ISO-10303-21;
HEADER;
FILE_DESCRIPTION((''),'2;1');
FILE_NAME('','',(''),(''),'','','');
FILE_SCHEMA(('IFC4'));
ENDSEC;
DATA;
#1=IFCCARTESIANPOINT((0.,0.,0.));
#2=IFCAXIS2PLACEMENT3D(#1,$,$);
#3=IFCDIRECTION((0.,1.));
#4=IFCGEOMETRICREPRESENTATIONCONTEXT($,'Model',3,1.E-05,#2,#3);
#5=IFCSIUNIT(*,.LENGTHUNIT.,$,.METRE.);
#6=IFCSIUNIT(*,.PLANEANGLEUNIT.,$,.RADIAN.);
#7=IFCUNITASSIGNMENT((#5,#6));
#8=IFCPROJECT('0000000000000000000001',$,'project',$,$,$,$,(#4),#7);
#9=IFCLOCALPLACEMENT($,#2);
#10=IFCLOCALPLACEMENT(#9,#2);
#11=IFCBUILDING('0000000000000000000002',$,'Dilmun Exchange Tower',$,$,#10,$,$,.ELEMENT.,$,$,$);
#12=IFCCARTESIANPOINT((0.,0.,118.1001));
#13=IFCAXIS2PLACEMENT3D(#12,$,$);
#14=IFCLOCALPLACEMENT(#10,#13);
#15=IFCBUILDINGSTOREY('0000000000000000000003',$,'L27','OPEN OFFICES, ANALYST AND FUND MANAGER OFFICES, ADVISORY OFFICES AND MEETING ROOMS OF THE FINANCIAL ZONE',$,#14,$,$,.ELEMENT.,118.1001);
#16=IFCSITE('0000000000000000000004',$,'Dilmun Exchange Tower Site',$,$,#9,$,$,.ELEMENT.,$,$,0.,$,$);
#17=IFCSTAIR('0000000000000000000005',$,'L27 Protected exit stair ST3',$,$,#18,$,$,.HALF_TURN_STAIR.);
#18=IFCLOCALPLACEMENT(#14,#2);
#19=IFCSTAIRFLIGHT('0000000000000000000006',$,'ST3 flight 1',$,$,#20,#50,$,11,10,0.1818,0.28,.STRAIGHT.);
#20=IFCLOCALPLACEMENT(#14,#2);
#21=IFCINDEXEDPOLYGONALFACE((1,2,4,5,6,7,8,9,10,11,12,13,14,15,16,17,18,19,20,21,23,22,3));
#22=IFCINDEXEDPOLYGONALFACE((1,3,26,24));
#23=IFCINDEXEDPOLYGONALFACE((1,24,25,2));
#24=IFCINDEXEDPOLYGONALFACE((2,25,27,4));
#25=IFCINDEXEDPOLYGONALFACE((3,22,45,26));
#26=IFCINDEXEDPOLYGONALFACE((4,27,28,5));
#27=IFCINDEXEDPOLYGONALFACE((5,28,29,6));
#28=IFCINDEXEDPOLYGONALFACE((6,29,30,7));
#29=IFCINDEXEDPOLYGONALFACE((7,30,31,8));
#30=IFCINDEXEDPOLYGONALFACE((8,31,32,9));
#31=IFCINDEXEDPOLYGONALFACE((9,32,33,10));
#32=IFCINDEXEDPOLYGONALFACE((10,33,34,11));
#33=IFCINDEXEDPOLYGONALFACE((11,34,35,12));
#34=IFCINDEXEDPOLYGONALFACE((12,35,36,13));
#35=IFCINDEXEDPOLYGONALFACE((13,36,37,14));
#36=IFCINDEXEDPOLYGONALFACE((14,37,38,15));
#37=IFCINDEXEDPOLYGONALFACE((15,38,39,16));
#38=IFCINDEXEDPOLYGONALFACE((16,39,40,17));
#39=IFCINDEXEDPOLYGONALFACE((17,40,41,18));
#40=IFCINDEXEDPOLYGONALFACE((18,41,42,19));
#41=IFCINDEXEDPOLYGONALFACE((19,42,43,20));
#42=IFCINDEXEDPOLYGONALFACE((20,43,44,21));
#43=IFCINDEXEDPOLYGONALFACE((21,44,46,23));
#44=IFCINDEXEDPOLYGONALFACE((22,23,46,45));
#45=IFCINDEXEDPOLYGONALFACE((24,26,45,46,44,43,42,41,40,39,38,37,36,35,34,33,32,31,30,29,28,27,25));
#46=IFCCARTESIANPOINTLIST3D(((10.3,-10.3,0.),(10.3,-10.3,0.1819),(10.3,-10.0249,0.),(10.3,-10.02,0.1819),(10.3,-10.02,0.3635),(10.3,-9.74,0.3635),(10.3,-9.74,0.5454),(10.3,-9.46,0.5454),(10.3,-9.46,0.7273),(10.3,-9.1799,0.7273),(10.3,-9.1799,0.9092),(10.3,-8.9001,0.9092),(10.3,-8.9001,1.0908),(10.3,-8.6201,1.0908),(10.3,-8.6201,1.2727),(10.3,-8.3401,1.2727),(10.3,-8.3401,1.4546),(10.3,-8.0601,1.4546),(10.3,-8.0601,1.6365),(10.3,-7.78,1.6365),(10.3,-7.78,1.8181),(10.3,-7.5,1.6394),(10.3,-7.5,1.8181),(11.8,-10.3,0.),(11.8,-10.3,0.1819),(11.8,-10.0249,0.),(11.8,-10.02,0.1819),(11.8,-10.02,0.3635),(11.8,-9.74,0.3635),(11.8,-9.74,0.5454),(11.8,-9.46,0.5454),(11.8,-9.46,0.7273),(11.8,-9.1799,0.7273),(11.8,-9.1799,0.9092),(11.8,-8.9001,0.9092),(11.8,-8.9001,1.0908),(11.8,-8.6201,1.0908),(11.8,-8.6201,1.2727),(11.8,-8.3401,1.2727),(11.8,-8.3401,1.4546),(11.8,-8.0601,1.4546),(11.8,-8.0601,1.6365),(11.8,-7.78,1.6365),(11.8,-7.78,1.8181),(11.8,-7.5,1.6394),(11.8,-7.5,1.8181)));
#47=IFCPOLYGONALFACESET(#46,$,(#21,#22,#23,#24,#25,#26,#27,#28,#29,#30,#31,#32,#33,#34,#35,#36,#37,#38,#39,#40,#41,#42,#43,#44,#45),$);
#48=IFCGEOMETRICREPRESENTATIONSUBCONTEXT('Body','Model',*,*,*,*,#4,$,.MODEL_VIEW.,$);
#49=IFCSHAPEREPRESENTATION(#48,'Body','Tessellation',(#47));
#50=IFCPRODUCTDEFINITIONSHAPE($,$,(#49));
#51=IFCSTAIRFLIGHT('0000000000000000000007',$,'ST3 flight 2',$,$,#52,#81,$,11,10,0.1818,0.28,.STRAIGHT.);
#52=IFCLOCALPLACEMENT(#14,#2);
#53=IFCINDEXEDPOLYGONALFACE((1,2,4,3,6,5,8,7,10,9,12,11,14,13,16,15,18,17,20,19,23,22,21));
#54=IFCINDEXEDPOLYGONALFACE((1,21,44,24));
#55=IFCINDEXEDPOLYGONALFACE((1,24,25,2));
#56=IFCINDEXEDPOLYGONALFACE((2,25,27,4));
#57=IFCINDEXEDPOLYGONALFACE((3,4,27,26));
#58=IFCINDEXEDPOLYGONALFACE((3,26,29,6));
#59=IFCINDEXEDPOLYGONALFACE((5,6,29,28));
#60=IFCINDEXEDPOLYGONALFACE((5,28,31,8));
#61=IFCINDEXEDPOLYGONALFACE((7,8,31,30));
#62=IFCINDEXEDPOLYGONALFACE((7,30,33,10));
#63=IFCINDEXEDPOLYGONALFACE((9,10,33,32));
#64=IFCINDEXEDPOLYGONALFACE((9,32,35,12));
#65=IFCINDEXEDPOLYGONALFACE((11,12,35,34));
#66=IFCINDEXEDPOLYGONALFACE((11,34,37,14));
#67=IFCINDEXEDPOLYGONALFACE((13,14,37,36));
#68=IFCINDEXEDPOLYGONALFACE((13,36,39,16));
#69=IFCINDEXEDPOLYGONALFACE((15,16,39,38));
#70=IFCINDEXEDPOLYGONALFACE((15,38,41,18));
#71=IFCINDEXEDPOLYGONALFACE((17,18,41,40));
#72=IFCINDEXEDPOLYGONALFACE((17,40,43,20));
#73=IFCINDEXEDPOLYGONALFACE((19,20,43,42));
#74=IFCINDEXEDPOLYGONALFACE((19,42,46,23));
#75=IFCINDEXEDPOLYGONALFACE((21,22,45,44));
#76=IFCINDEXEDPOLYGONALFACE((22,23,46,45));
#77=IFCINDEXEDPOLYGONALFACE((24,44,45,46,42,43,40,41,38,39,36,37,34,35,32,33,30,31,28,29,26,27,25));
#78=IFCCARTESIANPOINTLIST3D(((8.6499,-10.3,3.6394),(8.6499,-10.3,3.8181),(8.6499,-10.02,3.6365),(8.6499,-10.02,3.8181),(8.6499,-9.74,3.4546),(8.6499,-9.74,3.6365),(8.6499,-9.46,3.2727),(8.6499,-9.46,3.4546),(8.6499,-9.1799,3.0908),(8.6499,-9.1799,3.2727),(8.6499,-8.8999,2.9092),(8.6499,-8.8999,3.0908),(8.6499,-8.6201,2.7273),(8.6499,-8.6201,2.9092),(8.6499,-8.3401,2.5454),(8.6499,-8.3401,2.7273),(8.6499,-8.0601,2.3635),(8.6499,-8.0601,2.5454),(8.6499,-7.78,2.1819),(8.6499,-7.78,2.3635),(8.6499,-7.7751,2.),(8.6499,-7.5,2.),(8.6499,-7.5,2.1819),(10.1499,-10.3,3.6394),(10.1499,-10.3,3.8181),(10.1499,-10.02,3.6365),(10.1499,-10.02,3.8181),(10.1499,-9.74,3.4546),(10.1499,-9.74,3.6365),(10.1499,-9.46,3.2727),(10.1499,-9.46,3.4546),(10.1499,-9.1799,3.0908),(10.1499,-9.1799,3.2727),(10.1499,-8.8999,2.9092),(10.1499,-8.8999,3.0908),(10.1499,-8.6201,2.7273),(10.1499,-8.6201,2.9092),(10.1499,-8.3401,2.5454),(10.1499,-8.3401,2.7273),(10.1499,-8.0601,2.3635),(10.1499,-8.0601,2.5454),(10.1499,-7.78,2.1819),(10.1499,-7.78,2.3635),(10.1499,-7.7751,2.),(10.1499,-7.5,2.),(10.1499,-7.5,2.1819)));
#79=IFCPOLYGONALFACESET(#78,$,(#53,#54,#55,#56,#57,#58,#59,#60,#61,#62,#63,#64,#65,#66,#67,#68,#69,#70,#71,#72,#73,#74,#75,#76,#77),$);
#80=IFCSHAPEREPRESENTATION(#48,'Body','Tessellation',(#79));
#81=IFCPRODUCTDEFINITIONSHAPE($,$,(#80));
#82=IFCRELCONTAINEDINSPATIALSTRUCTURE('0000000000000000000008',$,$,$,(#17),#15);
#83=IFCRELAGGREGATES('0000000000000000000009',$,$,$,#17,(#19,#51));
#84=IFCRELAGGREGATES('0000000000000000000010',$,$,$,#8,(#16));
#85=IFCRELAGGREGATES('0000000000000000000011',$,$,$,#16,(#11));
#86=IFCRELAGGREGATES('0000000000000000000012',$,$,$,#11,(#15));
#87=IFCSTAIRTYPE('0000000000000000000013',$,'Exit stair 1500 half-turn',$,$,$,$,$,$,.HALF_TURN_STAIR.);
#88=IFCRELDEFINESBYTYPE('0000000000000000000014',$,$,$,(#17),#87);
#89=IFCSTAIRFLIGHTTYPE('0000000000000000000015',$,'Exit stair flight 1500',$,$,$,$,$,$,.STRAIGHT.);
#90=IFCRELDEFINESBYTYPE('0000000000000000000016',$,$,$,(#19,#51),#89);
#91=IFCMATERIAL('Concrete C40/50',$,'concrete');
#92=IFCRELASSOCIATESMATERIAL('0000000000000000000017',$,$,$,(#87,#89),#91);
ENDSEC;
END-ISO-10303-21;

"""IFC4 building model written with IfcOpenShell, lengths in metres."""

from ifc_helpers import new_model, si_unit, direction, frame, origin, place, context, subcontext, project, spatial, polyline, outline, extrude, material, type_object, element, aggregate, save


model = new_model("IFC4")

# Units and contexts
model_context = context("Model", 3, precision=1e-05, world=origin(), true_north=direction((0.0, 1.0)))
body_context = subcontext(model_context, "Body", "Model", "MODEL_VIEW")
ifc_project = project(units=[si_unit("LENGTHUNIT", "METRE"), si_unit("PLANEANGLEUNIT", "RADIAN")], contexts=[model_context])

# Site, building, storey
site_placement = place(None, origin())
site = spatial("IfcSite", under=ifc_project, at=site_placement, Name="Dilmun Exchange Tower Site", CompositionType="ELEMENT", RefElevation=0.0)
building_placement = place(site_placement, origin())
building = spatial("IfcBuilding", under=site, at=building_placement, Name="Dilmun Exchange Tower", CompositionType="ELEMENT")
storey_placement = place(building_placement, frame((0.0, 0.0, 118.1001)))
storey = spatial("IfcBuildingStorey", under=building, at=storey_placement, Name="L27", Description="OPEN OFFICES, ANALYST AND FUND MANAGER OFFICES, ADVISORY OFFICES AND MEETING ROOMS OF THE FINANCIAL ZONE", CompositionType="ELEMENT", Elevation=118.1001)

# Shared definitions
ifc_material_1 = material(Name="Concrete C40/50", Category="concrete")

# Stair, stair flights
stair_type = type_object("IfcStairType", Name="Exit stair 1500 half-turn", PredefinedType="HALF_TURN_STAIR", material=ifc_material_1)
stair_placement = place(storey_placement, origin())
stair = element("IfcStair", 1, at=stair_placement, inside=storey, type_object=stair_type, Name="L27 Protected exit stair ST3", PredefinedType="HALF_TURN_STAIR")
stair_flight_type = type_object("IfcStairFlightType", Name="Exit stair flight 1500", PredefinedType="STRAIGHT", material=ifc_material_1)
stair_flight_1_placement = place(storey_placement, frame((11.05, -10.3, 0.0), z_axis=(0.0, 0.0, 1.0), x_axis=(0.0, 1.0, 0.0)))
stair_flight_1 = element("IfcStairFlight", 2, at=stair_flight_1_placement, type_object=stair_flight_type, Name="ST3 flight 1", NumberOfRisers=11, NumberOfTreads=10, PredefinedType="STRAIGHT", RiserHeight=0.1818, TreadLength=0.28, context=body_context, shape_type="SweptSolid", body=[
    extrude(outline(polyline([(0.0, 0.0), (0.0, 0.1819), (0.28, 0.1819), (0.28, 0.3635), (0.5601, 0.3635), (0.5601, 0.5454), (0.8401, 0.5454), (0.8401, 0.7273), (1.1201, 0.7273), (1.1201, 0.9092), (1.3999, 0.9092), (1.3999, 1.0908), (1.6799, 1.0908), (1.6799, 1.2727), (1.96, 1.2727), (1.96, 1.4546), (2.24, 1.4546), (2.24, 1.6365), (2.52, 1.6365), (2.52, 1.8181), (2.8, 1.8181), (2.8, 2.0), (2.8, 1.6394), (0.2751, 0.0), (0.0, 0.0)])), frame((0.0, 0.75, 0.0), z_axis=(0.0, -1.0, 0.0), x_axis=(1.0, 0.0, 0.0)), (0.0, 0.0, 1.0), 1.5),
])
stair_flight_2_placement = place(storey_placement, frame((9.3999, -7.5, 2.0), z_axis=(0.0, 0.0, 1.0), x_axis=(0.0, -1.0, 0.0)))
stair_flight_2 = element("IfcStairFlight", 3, at=stair_flight_2_placement, type_object=stair_flight_type, Name="ST3 flight 2", NumberOfRisers=11, NumberOfTreads=10, PredefinedType="STRAIGHT", RiserHeight=0.1818, TreadLength=0.28, context=body_context, shape_type="SweptSolid", body=[
    extrude(outline(polyline([(0.0, 0.0), (0.0, 0.1819), (0.28, 0.1819), (0.28, 0.3635), (0.5601, 0.3635), (0.5601, 0.5454), (0.8401, 0.5454), (0.8401, 0.7273), (1.1201, 0.7273), (1.1201, 0.9092), (1.3999, 0.9092), (1.3999, 1.0908), (1.6799, 1.0908), (1.6799, 1.2727), (1.96, 1.2727), (1.96, 1.4546), (2.24, 1.4546), (2.24, 1.6365), (2.52, 1.6365), (2.52, 1.8181), (2.8, 1.8181), (2.8, 2.0), (2.8, 1.6394), (0.2751, 0.0), (0.0, 0.0)])), frame((0.0, 0.75, 0.0), z_axis=(0.0, -1.0, 0.0), x_axis=(1.0, 0.0, 0.0)), (0.0, 0.0, 1.0), 1.5),
])
aggregate(stair, [stair_flight_1, stair_flight_2])

save(model, "model.ifc")
